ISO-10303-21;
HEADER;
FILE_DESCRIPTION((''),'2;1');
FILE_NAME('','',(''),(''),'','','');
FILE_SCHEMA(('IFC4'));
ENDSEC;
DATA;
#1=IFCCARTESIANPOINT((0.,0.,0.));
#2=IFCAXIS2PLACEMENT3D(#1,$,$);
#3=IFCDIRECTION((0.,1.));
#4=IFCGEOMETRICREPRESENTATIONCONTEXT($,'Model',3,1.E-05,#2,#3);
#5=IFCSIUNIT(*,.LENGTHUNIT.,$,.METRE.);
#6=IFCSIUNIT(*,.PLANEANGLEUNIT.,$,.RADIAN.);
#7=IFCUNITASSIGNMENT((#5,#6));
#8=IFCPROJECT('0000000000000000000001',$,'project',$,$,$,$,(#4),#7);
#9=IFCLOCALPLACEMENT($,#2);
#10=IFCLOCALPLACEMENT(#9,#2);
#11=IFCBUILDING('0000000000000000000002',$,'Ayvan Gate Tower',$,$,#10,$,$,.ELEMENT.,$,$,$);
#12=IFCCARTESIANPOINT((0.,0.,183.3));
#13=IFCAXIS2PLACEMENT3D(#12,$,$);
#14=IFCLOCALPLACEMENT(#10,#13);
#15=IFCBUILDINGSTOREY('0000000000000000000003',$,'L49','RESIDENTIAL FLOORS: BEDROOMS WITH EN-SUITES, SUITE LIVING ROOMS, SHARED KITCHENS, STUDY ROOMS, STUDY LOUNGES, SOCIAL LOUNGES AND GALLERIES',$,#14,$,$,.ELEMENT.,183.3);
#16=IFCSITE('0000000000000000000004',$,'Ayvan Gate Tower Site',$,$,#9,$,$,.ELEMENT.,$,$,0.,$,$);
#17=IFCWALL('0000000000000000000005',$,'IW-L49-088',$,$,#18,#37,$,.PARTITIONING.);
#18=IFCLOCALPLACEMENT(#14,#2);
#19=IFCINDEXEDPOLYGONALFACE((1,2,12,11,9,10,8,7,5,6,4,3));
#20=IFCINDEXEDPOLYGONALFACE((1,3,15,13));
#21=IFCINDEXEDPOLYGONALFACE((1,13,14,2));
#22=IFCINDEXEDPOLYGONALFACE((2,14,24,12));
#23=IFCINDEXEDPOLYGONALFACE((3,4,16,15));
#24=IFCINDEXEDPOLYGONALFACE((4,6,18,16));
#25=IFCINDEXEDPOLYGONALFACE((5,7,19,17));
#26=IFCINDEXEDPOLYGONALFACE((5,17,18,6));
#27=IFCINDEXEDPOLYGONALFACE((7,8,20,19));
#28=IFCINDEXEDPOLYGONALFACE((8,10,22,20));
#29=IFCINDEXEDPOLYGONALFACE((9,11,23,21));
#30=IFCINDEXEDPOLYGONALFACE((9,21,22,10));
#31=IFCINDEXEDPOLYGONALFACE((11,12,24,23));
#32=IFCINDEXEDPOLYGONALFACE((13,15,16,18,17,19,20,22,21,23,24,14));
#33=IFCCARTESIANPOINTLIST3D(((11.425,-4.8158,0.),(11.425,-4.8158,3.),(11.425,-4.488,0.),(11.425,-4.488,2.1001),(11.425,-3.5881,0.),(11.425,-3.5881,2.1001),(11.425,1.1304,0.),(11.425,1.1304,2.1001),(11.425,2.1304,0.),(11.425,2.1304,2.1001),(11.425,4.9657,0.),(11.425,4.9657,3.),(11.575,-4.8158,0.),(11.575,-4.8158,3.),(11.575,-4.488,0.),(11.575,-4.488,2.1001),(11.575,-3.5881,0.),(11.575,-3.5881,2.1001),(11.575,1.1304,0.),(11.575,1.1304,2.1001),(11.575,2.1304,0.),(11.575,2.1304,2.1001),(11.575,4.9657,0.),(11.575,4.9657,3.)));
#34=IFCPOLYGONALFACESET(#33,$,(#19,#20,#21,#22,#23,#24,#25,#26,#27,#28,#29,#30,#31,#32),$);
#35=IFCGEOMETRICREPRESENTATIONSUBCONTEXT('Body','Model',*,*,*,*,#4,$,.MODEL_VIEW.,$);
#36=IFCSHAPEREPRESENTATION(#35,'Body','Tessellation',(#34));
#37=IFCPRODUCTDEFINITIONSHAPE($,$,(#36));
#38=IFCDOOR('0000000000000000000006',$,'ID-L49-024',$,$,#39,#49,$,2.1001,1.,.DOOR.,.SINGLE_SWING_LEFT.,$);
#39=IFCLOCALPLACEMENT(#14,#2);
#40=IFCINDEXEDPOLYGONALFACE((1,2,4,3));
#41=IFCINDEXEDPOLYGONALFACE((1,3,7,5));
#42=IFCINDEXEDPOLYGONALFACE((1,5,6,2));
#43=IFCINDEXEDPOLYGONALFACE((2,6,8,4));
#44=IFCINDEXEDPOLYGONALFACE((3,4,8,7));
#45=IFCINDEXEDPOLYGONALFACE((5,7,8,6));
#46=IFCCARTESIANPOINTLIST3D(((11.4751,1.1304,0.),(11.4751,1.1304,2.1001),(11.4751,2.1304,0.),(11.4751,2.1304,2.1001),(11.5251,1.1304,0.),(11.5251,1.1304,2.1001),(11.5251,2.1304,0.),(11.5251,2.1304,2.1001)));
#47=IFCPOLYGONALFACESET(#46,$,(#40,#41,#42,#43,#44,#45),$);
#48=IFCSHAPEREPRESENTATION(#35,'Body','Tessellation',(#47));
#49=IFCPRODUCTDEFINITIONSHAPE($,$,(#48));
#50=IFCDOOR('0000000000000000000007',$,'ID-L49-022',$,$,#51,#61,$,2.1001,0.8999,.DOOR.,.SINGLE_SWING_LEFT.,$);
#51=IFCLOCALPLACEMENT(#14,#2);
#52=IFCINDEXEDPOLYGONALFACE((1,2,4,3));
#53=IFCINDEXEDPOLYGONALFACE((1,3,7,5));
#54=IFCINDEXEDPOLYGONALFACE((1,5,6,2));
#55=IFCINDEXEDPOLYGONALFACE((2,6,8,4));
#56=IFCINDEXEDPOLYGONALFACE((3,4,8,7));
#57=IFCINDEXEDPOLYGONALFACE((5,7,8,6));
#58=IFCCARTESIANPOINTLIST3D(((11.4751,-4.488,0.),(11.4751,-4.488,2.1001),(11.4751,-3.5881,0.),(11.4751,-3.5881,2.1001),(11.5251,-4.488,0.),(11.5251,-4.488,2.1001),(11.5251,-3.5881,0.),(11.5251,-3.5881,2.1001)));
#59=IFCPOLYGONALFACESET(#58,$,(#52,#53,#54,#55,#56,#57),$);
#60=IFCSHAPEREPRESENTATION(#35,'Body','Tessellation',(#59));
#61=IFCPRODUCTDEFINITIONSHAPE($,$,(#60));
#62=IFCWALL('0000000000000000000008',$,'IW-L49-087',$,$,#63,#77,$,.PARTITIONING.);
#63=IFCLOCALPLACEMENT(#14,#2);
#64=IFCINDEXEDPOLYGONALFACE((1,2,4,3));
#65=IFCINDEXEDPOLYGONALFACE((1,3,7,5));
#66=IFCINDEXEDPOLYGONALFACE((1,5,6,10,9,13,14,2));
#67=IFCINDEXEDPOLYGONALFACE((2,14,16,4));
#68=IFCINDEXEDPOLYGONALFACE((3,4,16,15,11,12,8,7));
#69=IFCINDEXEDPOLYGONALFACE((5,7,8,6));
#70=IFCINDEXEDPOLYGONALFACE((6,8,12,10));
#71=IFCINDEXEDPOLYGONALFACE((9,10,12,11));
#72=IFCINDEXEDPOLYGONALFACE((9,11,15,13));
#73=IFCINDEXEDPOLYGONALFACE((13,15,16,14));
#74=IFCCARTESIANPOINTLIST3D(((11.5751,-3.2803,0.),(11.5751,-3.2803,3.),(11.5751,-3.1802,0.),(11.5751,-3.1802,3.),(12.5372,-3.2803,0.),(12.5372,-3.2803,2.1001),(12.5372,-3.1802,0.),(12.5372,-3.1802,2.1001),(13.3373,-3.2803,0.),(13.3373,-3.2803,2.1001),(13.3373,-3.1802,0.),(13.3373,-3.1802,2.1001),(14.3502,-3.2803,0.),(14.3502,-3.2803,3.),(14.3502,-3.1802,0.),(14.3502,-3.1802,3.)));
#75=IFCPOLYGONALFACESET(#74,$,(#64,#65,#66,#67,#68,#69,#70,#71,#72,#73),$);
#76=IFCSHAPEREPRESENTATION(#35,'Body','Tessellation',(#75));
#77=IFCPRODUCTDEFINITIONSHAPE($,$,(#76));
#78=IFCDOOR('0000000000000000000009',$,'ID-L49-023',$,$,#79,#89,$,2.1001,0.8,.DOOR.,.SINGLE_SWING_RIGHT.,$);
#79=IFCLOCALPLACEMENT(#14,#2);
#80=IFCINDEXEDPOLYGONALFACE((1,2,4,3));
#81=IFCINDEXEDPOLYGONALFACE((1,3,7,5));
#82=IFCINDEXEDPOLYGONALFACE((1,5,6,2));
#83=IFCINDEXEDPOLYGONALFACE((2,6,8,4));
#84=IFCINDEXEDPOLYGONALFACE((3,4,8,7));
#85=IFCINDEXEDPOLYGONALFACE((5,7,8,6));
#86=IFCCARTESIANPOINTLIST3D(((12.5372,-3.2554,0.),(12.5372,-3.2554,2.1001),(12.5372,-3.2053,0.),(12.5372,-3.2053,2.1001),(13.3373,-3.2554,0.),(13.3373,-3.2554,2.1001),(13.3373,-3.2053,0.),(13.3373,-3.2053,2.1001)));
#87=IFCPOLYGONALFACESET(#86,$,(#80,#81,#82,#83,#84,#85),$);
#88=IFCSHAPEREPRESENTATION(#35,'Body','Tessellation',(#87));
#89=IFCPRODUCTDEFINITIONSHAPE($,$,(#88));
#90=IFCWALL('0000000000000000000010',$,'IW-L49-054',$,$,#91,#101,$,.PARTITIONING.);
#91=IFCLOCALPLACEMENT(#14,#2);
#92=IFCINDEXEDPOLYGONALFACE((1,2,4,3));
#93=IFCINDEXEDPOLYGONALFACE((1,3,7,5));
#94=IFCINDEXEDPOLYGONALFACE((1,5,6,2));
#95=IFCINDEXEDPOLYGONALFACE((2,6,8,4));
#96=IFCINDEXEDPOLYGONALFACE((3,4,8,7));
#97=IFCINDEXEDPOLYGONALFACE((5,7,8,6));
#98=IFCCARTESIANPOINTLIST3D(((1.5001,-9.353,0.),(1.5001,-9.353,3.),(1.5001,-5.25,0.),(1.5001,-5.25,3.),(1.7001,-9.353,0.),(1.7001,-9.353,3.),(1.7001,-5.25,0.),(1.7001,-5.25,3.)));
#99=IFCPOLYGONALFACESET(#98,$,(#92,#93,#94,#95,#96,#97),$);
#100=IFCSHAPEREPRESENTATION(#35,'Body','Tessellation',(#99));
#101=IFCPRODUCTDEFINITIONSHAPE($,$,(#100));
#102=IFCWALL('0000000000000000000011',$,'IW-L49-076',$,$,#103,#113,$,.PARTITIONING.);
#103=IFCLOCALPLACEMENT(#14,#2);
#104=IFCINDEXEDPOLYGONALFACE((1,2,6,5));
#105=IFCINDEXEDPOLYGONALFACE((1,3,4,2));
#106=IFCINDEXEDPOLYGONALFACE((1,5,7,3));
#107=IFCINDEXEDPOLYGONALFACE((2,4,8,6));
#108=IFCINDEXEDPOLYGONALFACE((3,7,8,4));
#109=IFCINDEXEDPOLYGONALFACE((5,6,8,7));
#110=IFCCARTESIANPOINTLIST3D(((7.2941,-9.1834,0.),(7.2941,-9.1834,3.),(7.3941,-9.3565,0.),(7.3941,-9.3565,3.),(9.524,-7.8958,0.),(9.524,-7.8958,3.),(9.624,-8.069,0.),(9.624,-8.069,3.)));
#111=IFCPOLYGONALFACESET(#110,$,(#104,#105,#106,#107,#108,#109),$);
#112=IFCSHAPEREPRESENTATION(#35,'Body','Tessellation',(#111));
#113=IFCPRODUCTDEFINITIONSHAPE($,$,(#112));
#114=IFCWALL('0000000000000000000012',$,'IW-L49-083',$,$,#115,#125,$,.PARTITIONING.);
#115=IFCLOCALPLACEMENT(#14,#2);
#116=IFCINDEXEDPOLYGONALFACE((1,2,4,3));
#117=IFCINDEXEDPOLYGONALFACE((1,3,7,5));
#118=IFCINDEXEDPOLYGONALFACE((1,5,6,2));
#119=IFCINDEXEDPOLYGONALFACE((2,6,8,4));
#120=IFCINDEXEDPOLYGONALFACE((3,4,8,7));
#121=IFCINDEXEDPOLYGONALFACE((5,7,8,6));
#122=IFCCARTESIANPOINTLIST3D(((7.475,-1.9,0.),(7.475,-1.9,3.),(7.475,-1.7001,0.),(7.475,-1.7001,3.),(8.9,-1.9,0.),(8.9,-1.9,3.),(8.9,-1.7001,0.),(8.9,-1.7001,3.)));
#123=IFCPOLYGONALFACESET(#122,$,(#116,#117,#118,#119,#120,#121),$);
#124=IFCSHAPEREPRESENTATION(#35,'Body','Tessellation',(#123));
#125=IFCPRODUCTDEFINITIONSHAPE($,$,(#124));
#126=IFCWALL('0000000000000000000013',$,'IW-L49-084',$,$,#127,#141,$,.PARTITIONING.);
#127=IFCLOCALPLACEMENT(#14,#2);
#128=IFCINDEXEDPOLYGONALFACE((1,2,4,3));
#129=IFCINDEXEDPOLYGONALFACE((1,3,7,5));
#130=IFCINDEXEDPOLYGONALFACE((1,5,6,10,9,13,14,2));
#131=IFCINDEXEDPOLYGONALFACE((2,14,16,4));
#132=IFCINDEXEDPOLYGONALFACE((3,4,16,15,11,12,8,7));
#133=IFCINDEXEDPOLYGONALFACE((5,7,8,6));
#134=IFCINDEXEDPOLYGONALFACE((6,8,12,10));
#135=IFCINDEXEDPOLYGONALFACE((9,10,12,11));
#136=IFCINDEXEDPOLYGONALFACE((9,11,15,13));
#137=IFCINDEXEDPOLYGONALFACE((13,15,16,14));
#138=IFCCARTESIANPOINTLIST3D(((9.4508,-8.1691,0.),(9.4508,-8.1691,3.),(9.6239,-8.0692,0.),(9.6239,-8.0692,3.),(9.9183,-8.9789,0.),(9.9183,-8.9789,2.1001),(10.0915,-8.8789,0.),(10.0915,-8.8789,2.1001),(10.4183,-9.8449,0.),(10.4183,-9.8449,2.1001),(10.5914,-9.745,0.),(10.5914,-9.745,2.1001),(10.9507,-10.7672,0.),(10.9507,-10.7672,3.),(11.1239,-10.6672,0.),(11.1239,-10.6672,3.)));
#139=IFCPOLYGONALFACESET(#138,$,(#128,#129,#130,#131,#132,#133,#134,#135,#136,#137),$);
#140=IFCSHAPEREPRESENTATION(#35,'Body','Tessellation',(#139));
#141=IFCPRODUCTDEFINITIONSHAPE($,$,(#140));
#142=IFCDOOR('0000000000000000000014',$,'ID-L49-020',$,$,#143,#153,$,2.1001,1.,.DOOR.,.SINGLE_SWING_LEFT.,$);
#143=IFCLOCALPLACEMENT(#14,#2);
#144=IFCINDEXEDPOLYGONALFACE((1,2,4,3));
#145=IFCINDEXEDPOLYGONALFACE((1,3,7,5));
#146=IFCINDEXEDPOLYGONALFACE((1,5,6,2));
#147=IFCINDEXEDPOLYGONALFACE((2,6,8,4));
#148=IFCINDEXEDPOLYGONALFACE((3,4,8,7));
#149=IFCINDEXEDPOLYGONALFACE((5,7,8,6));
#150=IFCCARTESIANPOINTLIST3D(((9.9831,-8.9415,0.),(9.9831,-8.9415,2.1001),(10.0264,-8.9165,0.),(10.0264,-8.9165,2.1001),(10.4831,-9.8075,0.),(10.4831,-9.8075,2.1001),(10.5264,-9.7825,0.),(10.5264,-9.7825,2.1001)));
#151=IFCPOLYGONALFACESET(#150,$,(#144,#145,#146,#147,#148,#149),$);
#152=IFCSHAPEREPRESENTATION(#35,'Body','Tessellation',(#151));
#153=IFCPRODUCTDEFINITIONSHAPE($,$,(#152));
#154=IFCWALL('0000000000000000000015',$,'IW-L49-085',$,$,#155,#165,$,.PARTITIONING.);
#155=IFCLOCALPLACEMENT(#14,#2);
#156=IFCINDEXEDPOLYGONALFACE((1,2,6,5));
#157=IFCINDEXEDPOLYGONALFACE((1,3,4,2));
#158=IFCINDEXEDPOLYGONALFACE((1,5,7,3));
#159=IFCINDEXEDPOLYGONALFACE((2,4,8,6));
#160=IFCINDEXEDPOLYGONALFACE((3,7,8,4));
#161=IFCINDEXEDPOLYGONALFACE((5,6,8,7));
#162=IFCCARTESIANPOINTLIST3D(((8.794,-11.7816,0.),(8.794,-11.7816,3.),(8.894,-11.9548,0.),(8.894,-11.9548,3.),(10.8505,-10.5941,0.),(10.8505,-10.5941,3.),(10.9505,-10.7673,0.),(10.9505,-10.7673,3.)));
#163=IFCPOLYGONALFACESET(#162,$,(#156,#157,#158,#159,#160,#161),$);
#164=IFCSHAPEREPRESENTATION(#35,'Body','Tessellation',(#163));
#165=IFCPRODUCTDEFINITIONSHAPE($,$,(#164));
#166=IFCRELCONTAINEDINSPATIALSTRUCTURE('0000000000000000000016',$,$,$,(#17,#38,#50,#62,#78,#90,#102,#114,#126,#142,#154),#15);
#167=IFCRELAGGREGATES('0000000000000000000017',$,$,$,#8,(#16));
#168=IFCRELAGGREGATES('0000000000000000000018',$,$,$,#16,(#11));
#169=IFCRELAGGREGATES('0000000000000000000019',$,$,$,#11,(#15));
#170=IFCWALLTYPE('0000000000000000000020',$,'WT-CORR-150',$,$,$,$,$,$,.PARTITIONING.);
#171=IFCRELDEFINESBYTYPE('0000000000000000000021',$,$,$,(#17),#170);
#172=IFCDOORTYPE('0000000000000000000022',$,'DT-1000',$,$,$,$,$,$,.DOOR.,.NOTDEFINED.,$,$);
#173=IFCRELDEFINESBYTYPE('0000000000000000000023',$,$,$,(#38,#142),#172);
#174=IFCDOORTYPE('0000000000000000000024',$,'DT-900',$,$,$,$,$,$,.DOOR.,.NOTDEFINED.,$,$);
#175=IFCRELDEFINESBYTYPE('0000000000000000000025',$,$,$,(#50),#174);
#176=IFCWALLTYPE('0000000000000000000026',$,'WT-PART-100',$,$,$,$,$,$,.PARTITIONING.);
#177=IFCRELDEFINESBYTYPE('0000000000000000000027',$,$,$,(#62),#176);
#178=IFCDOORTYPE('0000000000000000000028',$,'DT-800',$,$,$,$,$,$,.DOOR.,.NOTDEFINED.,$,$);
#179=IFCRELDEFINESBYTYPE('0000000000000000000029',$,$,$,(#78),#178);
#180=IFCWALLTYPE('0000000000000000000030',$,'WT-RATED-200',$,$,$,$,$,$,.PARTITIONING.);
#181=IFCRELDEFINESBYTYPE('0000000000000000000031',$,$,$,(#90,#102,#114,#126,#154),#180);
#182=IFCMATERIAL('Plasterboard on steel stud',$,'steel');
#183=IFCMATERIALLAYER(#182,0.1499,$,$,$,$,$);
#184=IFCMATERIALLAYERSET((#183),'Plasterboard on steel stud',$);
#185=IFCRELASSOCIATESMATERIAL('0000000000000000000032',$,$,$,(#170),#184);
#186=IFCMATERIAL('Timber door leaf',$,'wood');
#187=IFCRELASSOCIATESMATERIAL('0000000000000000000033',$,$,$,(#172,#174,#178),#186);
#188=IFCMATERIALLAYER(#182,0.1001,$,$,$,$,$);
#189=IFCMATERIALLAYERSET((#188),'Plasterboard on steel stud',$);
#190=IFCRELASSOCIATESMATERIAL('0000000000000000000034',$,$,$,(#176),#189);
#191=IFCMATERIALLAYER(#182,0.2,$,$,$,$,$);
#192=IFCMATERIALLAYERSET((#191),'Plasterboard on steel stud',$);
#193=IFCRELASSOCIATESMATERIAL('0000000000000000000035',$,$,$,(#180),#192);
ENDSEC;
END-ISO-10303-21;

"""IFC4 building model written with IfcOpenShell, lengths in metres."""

from ifc_helpers import new_model, si_unit, direction, frame, frame_2d, origin, place, context, subcontext, project, spatial, rectangle, extrude, material, layer, layer_set, type_object, element, fill, save


model = new_model("IFC4")

# Units and contexts
model_context = context("Model", 3, precision=1e-05, world=origin(), true_north=direction((0.0, 1.0)))
body_context = subcontext(model_context, "Body", "Model", "MODEL_VIEW")
ifc_project = project(units=[si_unit("LENGTHUNIT", "METRE"), si_unit("PLANEANGLEUNIT", "RADIAN")], contexts=[model_context])

# Site, building, storey
site_placement = place(None, origin())
site = spatial("IfcSite", under=ifc_project, at=site_placement, Name="Ayvan Gate Tower Site", CompositionType="ELEMENT", RefElevation=0.0)
building_placement = place(site_placement, origin())
building = spatial("IfcBuilding", under=site, at=building_placement, Name="Ayvan Gate Tower", CompositionType="ELEMENT")
storey_placement = place(building_placement, frame((0.0, 0.0, 183.3)))
storey = spatial("IfcBuildingStorey", under=building, at=storey_placement, Name="L49", Description="RESIDENTIAL FLOORS: BEDROOMS WITH EN-SUITES, SUITE LIVING ROOMS, SHARED KITCHENS, STUDY ROOMS, STUDY LOUNGES, SOCIAL LOUNGES AND GALLERIES", CompositionType="ELEMENT", Elevation=183.3)

# Shared definitions
ifc_material_1 = material(Name="Timber door leaf", Category="wood")

# Shared definitions
ifc_material_2 = material(Name="Plasterboard on steel stud", Category="steel")
ifc_layer_1 = layer(ifc_material_2, 0.1499)
ifc_layer_set_1 = layer_set([ifc_layer_1], Name="Plasterboard on steel stud")
wall_type_1 = type_object("IfcWallType", Name="WT-CORR-150", PredefinedType="PARTITIONING", material=ifc_layer_set_1)

# Wall, openings, doors
wall_1_placement = place(storey_placement, frame((11.5, -4.8157, 0.0), z_axis=(0.0, 0.0, 1.0), x_axis=(0.0, 1.0, 0.0)))
wall_1 = element("IfcWall", 1, at=wall_1_placement, inside=storey, type_object=wall_type_1, Name="IW-L49-088", PredefinedType="PARTITIONING", context=body_context, shape_type="SweptSolid", body=[
    extrude(rectangle(XDim=9.7815, YDim=0.1499, at=frame_2d((4.8906, 0.0))), origin(), (0.0, 0.0, 1.0), 3.0),
])
opening_1_placement = place(wall_1_placement, frame((0.3276, 0.0, 0.0)))
opening_1 = element("IfcOpeningElement", 2, at=opening_1_placement, cuts=wall_1, PredefinedType="OPENING", context=body_context, shape_type="SweptSolid", body=[
    extrude(rectangle(XDim=0.8999, YDim=2.1001, at=frame_2d((0.45, 1.05))), frame((0.0, 0.085, 0.0), z_axis=(0.0, -1.0, 0.0), x_axis=(1.0, 0.0, 0.0)), (0.0, 0.0, 1.0), 0.1699),
])
opening_2_placement = place(wall_1_placement, frame((5.946, 0.0, 0.0)))
opening_2 = element("IfcOpeningElement", 3, at=opening_2_placement, cuts=wall_1, PredefinedType="OPENING", context=body_context, shape_type="SweptSolid", body=[
    extrude(rectangle(XDim=1.0, YDim=2.1001, at=frame_2d((0.5, 1.05))), frame((0.0, 0.085, 0.0), z_axis=(0.0, -1.0, 0.0), x_axis=(1.0, 0.0, 0.0)), (0.0, 0.0, 1.0), 0.1699),
])
door_type_1 = type_object("IfcDoorType", Name="DT-1000", OperationType="NOTDEFINED", PredefinedType="DOOR", material=ifc_material_1)
door_1_placement = place(opening_2_placement, origin())
door_1 = element("IfcDoor", 4, at=door_1_placement, inside=storey, type_object=door_type_1, Name="ID-L49-024", OperationType="SINGLE_SWING_LEFT", OverallHeight=2.1001, OverallWidth=1.0, PredefinedType="DOOR", context=body_context, shape_type="SweptSolid", body=[
    extrude(rectangle(XDim=1.0, YDim=2.1001, at=frame_2d((0.5, 1.05))), frame((0.0, 0.0249, 0.0), z_axis=(0.0, -1.0, 0.0), x_axis=(1.0, 0.0, 0.0)), (0.0, 0.0, 1.0), 0.05),
])
fill(opening_2, door_1)
door_type_2 = type_object("IfcDoorType", Name="DT-900", OperationType="NOTDEFINED", PredefinedType="DOOR", material=ifc_material_1)
door_2_placement = place(opening_1_placement, origin())
door_2 = element("IfcDoor", 5, at=door_2_placement, inside=storey, type_object=door_type_2, Name="ID-L49-022", OperationType="SINGLE_SWING_LEFT", OverallHeight=2.1001, OverallWidth=0.8999, PredefinedType="DOOR", context=body_context, shape_type="SweptSolid", body=[
    extrude(rectangle(XDim=0.8999, YDim=2.1001, at=frame_2d((0.45, 1.05))), frame((0.0, 0.0249, 0.0), z_axis=(0.0, -1.0, 0.0), x_axis=(1.0, 0.0, 0.0)), (0.0, 0.0, 1.0), 0.05),
])
fill(opening_1, door_2)

# Wall, opening, door
ifc_layer_2 = layer(ifc_material_2, 0.1001)
ifc_layer_set_2 = layer_set([ifc_layer_2], Name="Plasterboard on steel stud")
wall_type_2 = type_object("IfcWallType", Name="WT-PART-100", PredefinedType="PARTITIONING", material=ifc_layer_set_2)
wall_2_placement = place(storey_placement, frame((11.575, -3.2302, 0.0), z_axis=(0.0, 0.0, 1.0), x_axis=(1.0, 0.0, 0.0)))
wall_2 = element("IfcWall", 6, at=wall_2_placement, inside=storey, type_object=wall_type_2, Name="IW-L49-087", PredefinedType="PARTITIONING", context=body_context, shape_type="SweptSolid", body=[
    extrude(rectangle(XDim=2.7751, YDim=0.1001, at=frame_2d((1.3877, 0.0))), origin(), (0.0, 0.0, 1.0), 3.0),
])
opening_3_placement = place(wall_2_placement, frame((0.9624, 0.0, 0.0)))
opening_3 = element("IfcOpeningElement", 7, at=opening_3_placement, cuts=wall_2, PredefinedType="OPENING", context=body_context, shape_type="SweptSolid", body=[
    extrude(rectangle(XDim=0.8, YDim=2.1001, at=frame_2d((0.3999, 1.05))), frame((0.0, 0.0601, 0.0), z_axis=(0.0, -1.0, 0.0), x_axis=(1.0, 0.0, 0.0)), (0.0, 0.0, 1.0), 0.1201),
])
door_type_3 = type_object("IfcDoorType", Name="DT-800", OperationType="NOTDEFINED", PredefinedType="DOOR", material=ifc_material_1)
door_3_placement = place(opening_3_placement, origin())
door_3 = element("IfcDoor", 8, at=door_3_placement, inside=storey, type_object=door_type_3, Name="ID-L49-023", OperationType="SINGLE_SWING_RIGHT", OverallHeight=2.1001, OverallWidth=0.8, PredefinedType="DOOR", context=body_context, shape_type="SweptSolid", body=[
    extrude(rectangle(XDim=0.8, YDim=2.1001, at=frame_2d((0.3999, 1.05))), frame((0.0, 0.0249, 0.0), z_axis=(0.0, -1.0, 0.0), x_axis=(1.0, 0.0, 0.0)), (0.0, 0.0, 1.0), 0.05),
])
fill(opening_3, door_3)

# Walls
ifc_layer_3 = layer(ifc_material_2, 0.2)
ifc_layer_set_3 = layer_set([ifc_layer_3], Name="Plasterboard on steel stud")
wall_type_3 = type_object("IfcWallType", Name="WT-RATED-200", PredefinedType="PARTITIONING", material=ifc_layer_set_3)
wall_3_placement = place(storey_placement, frame((1.6001, -5.25, 0.0), z_axis=(0.0, 0.0, 1.0), x_axis=(0.0, -1.0, 0.0)))
element("IfcWall", 9, at=wall_3_placement, inside=storey, type_object=wall_type_3, Name="IW-L49-054", PredefinedType="PARTITIONING", context=body_context, shape_type="SweptSolid", body=[
    extrude(rectangle(XDim=4.103, YDim=0.2, at=frame_2d((2.0515, 0.0))), origin(), (0.0, 0.0, 1.0), 3.0),
])
wall_4_placement = place(storey_placement, frame((7.344, -9.27, 0.0), z_axis=(0.0, 0.0, 1.0), x_axis=(0.866006, 0.500034, 0.0)))
element("IfcWall", 10, at=wall_4_placement, inside=storey, type_object=wall_type_3, Name="IW-L49-076", PredefinedType="PARTITIONING", context=body_context, shape_type="SweptSolid", body=[
    extrude(rectangle(XDim=2.575, YDim=0.2, at=frame_2d((1.2876, 0.0))), origin(), (0.0, 0.0, 1.0), 3.0),
])
wall_5_placement = place(storey_placement, frame((8.8999, -1.8, 0.0), z_axis=(0.0, 0.0, 1.0), x_axis=(-1.0, 0.0, 0.0)))
element("IfcWall", 11, at=wall_5_placement, inside=storey, type_object=wall_type_3, Name="IW-L49-083", PredefinedType="PARTITIONING", context=body_context, shape_type="SweptSolid", body=[
    extrude(rectangle(XDim=1.425, YDim=0.2, at=frame_2d((0.7124, 0.0))), origin(), (0.0, 0.0, 1.0), 3.0),
])

# Wall, opening, door
wall_6_placement = place(storey_placement, frame((9.5374, -8.1191, 0.0), z_axis=(0.0, 0.0, 1.0), x_axis=(0.49999, -0.866031, 0.0)))
wall_6 = element("IfcWall", 12, at=wall_6_placement, inside=storey, type_object=wall_type_3, Name="IW-L49-084", PredefinedType="PARTITIONING", context=body_context, shape_type="SweptSolid", body=[
    extrude(rectangle(XDim=3.0, YDim=0.2, at=frame_2d((1.5, 0.0))), origin(), (0.0, 0.0, 1.0), 3.0),
])
opening_4_placement = place(wall_6_placement, frame((0.9351, 0.0, 0.0)))
opening_4 = element("IfcOpeningElement", 13, at=opening_4_placement, cuts=wall_6, PredefinedType="OPENING", context=body_context, shape_type="SweptSolid", body=[
    extrude(rectangle(XDim=1.0, YDim=2.1001, at=frame_2d((0.5, 1.05))), frame((0.0, 0.1099, 0.0), z_axis=(0.0, -1.0, 0.0), x_axis=(1.0, 0.0, 0.0)), (0.0, 0.0, 1.0), 0.22),
])
door_4_placement = place(opening_4_placement, origin())
door_4 = element("IfcDoor", 14, at=door_4_placement, inside=storey, type_object=door_type_1, Name="ID-L49-020", OperationType="SINGLE_SWING_LEFT", OverallHeight=2.1001, OverallWidth=1.0, PredefinedType="DOOR", context=body_context, shape_type="SweptSolid", body=[
    extrude(rectangle(XDim=1.0, YDim=2.1001, at=frame_2d((0.5, 1.05))), frame((0.0, 0.0249, 0.0), z_axis=(0.0, -1.0, 0.0), x_axis=(1.0, 0.0, 0.0)), (0.0, 0.0, 1.0), 0.05),
])
fill(opening_4, door_4)

# Wall
wall_7_placement = place(storey_placement, frame((10.9006, -10.6807, 0.0), z_axis=(0.0, 0.0, 1.0), x_axis=(-0.866008, -0.500031, 0.0)))
element("IfcWall", 15, at=wall_7_placement, inside=storey, type_object=wall_type_3, Name="IW-L49-085", PredefinedType="PARTITIONING", context=body_context, shape_type="SweptSolid", body=[
    extrude(rectangle(XDim=2.3748, YDim=0.2, at=frame_2d((1.1875, 0.0))), origin(), (0.0, 0.0, 1.0), 3.0),
])

save(model, "model.ifc")
